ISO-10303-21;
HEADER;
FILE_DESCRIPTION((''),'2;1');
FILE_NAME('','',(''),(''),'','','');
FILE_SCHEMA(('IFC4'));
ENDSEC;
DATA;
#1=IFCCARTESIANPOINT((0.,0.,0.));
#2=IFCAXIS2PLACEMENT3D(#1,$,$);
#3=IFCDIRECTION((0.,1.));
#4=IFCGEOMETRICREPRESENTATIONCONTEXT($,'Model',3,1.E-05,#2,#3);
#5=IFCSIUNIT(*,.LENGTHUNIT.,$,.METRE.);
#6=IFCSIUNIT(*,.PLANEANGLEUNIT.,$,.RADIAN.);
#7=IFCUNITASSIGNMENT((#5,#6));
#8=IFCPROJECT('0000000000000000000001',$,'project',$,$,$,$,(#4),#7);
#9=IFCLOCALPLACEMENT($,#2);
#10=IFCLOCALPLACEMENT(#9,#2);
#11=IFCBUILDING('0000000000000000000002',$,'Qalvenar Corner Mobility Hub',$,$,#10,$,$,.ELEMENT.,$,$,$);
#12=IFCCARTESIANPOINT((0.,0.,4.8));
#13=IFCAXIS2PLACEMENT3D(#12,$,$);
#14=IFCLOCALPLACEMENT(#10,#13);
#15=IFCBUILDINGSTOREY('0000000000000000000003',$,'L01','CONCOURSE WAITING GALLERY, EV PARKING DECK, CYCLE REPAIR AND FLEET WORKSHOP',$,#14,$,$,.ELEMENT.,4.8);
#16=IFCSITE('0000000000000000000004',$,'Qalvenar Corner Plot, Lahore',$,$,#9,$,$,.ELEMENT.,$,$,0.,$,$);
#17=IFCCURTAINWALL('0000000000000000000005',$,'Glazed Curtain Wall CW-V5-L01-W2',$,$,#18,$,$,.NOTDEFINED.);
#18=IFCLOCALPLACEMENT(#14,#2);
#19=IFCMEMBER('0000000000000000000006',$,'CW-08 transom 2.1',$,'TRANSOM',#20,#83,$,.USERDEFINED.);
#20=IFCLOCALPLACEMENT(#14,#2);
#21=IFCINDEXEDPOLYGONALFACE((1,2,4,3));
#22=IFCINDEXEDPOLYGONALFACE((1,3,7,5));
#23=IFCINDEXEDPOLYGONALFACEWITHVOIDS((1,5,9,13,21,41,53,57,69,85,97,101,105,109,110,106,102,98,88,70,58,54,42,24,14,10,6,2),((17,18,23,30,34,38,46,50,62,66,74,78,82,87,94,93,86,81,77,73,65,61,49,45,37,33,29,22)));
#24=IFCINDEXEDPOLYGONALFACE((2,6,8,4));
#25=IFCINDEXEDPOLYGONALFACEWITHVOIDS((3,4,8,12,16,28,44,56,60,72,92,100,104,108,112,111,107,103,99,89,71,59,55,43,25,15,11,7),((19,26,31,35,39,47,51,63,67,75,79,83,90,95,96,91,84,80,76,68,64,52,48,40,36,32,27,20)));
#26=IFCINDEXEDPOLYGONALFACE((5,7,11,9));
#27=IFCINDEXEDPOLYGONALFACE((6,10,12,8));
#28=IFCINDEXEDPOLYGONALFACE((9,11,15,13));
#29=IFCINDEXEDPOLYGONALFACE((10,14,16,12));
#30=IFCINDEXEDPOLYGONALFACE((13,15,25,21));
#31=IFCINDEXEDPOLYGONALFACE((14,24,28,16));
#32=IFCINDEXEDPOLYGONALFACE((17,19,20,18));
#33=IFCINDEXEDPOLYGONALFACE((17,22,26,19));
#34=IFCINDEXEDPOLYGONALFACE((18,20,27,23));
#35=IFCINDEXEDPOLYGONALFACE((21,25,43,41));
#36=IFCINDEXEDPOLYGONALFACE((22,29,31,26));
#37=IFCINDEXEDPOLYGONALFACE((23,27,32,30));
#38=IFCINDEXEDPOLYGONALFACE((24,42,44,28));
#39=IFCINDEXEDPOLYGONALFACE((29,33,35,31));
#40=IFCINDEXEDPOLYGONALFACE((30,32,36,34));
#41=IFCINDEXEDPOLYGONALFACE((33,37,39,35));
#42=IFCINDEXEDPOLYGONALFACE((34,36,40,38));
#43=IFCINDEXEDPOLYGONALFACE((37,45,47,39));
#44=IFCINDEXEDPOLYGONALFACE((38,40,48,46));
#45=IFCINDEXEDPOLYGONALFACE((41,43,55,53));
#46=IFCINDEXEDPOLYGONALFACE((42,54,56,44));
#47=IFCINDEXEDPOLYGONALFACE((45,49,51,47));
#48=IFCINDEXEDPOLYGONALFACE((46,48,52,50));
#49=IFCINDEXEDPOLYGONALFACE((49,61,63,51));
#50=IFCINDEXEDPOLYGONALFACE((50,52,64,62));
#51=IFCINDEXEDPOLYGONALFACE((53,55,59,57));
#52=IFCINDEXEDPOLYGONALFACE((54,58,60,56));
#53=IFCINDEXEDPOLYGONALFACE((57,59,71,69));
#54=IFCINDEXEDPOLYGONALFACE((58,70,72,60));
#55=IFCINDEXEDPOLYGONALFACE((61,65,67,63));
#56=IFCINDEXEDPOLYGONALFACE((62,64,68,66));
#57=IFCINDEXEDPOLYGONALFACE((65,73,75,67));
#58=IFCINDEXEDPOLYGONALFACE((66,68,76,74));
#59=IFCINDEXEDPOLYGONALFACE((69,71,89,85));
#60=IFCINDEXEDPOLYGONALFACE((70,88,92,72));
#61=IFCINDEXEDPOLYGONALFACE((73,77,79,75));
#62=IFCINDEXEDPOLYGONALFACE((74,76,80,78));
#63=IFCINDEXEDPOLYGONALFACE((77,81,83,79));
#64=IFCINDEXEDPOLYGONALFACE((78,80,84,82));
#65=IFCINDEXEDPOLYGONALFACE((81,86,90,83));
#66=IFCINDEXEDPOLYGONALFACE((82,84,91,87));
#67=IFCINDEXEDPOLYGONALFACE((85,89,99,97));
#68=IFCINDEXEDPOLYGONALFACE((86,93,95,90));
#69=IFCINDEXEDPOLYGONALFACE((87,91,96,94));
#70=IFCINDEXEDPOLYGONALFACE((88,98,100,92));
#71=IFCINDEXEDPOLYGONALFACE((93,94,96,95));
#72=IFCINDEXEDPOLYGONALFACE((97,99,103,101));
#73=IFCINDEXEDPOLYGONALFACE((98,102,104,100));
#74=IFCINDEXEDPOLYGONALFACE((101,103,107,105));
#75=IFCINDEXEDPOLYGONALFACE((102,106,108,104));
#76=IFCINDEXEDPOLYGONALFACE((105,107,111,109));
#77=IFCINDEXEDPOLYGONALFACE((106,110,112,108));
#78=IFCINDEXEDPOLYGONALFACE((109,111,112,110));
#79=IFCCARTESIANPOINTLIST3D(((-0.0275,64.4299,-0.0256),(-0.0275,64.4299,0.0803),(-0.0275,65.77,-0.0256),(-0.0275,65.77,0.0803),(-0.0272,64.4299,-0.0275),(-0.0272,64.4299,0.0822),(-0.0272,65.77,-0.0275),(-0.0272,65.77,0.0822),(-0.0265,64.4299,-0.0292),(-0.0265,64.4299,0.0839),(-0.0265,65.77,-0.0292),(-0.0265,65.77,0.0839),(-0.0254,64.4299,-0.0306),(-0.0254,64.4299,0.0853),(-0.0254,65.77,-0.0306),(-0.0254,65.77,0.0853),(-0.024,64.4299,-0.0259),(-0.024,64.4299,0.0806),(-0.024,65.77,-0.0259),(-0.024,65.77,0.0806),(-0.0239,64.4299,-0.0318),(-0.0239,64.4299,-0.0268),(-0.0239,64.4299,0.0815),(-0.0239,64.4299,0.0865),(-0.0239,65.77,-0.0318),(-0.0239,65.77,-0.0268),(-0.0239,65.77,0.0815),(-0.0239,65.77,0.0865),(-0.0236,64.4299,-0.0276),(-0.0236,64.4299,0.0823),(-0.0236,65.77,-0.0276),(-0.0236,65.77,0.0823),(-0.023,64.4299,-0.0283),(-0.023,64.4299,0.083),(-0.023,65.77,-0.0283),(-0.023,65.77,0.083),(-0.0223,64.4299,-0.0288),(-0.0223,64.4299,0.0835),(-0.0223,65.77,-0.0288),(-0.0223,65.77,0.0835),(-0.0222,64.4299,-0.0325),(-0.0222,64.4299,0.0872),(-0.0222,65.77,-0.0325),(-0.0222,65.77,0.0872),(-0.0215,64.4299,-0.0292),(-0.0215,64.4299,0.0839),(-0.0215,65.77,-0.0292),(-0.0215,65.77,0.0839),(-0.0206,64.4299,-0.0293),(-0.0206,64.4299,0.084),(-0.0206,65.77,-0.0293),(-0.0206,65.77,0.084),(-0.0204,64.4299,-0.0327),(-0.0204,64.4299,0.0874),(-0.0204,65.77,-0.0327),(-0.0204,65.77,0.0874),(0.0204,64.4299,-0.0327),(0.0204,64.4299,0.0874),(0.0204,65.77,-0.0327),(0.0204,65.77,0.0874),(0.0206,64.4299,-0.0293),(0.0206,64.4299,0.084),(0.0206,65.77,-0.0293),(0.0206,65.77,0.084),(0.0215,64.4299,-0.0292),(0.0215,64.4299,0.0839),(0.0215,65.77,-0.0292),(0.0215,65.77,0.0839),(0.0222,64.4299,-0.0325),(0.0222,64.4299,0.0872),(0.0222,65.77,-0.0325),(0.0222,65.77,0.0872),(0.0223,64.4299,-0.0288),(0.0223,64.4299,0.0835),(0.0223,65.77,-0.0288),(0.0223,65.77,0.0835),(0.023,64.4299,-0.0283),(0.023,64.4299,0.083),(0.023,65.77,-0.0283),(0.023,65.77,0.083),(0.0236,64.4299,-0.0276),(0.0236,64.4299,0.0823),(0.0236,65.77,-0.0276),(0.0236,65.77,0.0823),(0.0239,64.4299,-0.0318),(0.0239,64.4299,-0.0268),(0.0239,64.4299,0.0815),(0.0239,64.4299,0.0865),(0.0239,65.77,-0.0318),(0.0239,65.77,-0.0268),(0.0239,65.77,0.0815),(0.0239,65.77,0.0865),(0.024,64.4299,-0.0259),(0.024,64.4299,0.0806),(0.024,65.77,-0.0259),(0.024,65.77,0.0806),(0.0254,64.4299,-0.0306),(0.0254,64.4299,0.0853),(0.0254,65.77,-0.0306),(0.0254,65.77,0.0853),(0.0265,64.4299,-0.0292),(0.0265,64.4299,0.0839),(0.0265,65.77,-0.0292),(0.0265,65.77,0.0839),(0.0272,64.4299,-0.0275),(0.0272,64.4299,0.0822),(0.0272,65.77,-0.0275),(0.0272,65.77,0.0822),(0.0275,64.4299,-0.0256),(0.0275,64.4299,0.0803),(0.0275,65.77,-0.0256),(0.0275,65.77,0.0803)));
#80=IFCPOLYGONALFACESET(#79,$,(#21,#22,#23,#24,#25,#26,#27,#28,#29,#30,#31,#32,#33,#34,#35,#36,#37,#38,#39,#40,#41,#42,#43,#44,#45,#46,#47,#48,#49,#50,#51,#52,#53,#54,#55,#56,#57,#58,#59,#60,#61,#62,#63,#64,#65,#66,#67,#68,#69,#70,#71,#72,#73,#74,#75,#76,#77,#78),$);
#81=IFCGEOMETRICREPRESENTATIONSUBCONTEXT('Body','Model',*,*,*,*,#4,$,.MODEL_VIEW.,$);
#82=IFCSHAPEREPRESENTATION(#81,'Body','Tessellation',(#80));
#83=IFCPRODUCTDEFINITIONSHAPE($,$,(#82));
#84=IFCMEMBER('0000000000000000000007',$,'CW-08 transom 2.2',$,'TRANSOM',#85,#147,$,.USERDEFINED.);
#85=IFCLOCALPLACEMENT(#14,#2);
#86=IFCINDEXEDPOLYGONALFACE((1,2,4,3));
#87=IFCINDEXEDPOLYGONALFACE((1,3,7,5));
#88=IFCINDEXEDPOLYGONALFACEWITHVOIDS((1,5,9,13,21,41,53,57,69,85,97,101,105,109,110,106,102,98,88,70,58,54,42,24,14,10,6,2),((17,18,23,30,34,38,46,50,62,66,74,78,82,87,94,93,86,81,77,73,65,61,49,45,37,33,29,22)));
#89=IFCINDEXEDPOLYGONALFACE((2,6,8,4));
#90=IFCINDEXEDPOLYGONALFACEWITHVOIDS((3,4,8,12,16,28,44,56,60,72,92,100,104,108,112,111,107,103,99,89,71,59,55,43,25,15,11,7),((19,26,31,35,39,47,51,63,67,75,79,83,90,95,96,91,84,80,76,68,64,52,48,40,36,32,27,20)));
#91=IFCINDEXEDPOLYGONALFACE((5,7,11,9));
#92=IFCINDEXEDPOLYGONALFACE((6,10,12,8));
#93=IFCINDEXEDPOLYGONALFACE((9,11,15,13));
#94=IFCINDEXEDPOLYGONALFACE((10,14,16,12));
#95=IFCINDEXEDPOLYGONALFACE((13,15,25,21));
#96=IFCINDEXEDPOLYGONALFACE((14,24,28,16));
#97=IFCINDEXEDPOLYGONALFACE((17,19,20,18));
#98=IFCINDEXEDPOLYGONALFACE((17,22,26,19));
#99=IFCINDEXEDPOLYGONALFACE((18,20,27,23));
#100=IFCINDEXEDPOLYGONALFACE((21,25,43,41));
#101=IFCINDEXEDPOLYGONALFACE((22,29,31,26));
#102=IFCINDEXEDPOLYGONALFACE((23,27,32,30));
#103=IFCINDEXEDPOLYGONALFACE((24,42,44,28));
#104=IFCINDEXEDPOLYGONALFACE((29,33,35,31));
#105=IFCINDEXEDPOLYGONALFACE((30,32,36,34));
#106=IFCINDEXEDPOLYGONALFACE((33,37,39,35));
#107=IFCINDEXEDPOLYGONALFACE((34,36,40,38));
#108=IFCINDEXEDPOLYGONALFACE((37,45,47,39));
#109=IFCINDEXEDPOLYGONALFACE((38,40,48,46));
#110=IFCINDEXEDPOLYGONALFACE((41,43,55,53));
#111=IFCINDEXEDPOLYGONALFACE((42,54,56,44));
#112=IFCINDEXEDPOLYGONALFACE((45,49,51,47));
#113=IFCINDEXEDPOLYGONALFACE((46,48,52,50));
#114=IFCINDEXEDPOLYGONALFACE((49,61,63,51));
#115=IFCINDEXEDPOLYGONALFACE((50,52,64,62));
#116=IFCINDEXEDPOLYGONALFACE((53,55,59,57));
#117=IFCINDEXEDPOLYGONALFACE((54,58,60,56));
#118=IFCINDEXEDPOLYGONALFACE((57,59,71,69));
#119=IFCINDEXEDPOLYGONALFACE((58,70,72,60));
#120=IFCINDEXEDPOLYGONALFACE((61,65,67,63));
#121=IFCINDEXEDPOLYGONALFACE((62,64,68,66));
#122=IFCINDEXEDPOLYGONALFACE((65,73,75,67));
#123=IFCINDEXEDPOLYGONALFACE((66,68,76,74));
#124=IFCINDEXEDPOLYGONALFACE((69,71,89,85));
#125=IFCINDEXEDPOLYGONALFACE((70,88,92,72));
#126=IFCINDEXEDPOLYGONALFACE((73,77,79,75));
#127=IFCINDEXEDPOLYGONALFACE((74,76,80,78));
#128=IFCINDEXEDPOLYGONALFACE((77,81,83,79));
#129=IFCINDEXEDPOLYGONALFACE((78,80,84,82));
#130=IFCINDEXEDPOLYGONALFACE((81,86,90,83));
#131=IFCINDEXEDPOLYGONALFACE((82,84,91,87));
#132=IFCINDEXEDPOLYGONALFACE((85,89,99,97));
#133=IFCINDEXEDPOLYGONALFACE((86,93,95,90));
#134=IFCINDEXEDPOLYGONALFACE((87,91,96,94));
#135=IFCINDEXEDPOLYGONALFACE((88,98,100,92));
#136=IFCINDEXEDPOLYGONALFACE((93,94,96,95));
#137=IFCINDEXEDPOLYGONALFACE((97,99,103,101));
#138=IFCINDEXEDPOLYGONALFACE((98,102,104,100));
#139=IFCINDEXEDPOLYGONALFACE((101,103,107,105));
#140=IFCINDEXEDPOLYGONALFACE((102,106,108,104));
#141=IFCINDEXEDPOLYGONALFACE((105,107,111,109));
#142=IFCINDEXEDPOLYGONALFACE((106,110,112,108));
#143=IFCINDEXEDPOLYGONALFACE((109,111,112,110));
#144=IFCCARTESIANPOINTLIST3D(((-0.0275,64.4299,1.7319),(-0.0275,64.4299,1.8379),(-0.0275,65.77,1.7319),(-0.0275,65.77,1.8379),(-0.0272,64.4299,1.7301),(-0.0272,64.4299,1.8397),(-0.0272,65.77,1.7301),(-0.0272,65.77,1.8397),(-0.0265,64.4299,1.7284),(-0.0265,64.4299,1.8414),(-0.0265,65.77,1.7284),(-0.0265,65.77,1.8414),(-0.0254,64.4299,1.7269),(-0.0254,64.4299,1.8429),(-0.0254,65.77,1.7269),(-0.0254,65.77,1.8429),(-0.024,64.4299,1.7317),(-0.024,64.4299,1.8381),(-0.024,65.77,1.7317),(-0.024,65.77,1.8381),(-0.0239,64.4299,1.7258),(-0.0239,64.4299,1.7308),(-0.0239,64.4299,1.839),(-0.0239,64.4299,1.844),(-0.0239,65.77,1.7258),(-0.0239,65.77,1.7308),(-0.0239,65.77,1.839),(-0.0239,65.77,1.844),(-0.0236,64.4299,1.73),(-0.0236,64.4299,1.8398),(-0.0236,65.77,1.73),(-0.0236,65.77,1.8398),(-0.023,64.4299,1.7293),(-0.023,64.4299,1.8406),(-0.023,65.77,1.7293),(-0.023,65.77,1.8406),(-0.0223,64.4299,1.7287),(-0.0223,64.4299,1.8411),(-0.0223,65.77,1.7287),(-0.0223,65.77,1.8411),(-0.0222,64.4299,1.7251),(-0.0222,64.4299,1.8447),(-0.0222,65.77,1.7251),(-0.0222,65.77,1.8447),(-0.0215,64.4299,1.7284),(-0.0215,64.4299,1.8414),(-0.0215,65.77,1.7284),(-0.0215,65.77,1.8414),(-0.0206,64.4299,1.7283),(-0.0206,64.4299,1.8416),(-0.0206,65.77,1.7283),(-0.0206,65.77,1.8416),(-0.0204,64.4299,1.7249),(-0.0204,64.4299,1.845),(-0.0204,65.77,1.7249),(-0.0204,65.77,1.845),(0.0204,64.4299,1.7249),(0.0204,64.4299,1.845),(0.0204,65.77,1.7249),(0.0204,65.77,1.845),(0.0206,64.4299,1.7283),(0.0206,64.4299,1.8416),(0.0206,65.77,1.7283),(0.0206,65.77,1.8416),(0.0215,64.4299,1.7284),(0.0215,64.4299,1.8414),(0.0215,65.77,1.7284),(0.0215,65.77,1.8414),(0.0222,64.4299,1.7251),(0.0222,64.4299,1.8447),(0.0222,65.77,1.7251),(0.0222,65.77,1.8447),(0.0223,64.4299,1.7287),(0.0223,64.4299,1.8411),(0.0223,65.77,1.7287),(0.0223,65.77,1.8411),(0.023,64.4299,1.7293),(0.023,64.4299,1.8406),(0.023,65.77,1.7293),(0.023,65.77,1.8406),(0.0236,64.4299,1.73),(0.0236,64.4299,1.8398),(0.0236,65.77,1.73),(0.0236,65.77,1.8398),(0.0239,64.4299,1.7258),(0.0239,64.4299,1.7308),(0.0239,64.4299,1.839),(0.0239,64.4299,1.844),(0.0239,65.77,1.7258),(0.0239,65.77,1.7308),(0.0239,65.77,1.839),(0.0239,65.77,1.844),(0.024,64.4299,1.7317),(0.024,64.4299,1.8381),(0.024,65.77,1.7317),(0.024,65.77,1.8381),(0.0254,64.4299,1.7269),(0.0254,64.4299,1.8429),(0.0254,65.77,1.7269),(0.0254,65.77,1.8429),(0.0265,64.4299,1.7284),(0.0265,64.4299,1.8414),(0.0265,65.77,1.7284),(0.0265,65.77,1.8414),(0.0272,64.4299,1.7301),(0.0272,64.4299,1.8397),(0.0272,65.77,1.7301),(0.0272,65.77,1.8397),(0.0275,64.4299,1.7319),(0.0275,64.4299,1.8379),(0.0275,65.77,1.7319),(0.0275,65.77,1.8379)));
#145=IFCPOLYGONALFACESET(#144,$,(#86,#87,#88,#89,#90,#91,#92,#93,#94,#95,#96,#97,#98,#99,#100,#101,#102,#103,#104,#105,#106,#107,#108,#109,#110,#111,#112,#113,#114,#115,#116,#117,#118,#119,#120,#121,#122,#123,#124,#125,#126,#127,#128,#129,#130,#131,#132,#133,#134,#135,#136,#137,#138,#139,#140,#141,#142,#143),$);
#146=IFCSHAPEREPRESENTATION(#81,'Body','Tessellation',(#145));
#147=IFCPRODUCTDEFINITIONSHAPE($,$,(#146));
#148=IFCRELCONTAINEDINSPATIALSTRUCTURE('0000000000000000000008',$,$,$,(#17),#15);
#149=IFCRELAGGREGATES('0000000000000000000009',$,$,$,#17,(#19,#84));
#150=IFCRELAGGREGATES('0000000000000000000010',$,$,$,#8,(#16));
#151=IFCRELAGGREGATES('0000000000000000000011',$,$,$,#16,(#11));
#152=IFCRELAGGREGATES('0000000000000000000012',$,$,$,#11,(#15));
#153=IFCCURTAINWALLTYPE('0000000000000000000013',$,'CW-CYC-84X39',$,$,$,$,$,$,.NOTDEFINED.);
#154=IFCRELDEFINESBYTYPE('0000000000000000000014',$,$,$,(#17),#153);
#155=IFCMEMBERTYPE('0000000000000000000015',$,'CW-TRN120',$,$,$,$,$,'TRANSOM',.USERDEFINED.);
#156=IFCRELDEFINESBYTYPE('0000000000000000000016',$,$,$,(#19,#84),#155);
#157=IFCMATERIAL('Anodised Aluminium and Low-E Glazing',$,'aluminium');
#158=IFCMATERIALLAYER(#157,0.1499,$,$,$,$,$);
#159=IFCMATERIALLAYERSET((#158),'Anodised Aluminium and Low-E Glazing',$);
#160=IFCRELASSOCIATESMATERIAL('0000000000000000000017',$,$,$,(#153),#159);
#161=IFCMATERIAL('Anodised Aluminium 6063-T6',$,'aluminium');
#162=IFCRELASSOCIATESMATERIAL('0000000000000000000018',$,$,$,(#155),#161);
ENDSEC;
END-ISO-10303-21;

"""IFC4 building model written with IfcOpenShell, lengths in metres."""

from ifc_helpers import new_model, si_unit, direction, frame, origin, origin_2d, place, context, subcontext, project, spatial, hollow_rectangle, extrude, material, layer, layer_set, material_profile, profile_set, type_object, element, aggregate, save


model = new_model("IFC4")

# Units and contexts
model_context = context("Model", 3, precision=1e-05, world=origin(), true_north=direction((0.0, 1.0)))
body_context = subcontext(model_context, "Body", "Model", "MODEL_VIEW")
ifc_project = project(units=[si_unit("LENGTHUNIT", "METRE"), si_unit("PLANEANGLEUNIT", "RADIAN")], contexts=[model_context])

# Site, building, storey
site_placement = place(None, origin())
site = spatial("IfcSite", under=ifc_project, at=site_placement, Name="Qalvenar Corner Plot, Lahore", CompositionType="ELEMENT", RefElevation=0.0)
building_placement = place(site_placement, origin())
building = spatial("IfcBuilding", under=site, at=building_placement, Name="Qalvenar Corner Mobility Hub", CompositionType="ELEMENT")
storey_placement = place(building_placement, frame((0.0, 0.0, 4.8)))
storey = spatial("IfcBuildingStorey", under=building, at=storey_placement, Name="L01", Description="CONCOURSE WAITING GALLERY, EV PARKING DECK, CYCLE REPAIR AND FLEET WORKSHOP", CompositionType="ELEMENT", Elevation=4.8)

# Curtain wall, members
ifc_material_1 = material(Name="Anodised Aluminium and Low-E Glazing", Category="aluminium")
ifc_layer_1 = layer(ifc_material_1, 0.1499)
ifc_layer_set_1 = layer_set([ifc_layer_1], Name="Anodised Aluminium and Low-E Glazing")
curtain_wall_type = type_object("IfcCurtainWallType", Name="CW-CYC-84X39", PredefinedType="NOTDEFINED", material=ifc_layer_set_1)
curtain_wall_placement = place(storey_placement, origin())
curtain_wall = element("IfcCurtainWall", 1, at=curtain_wall_placement, inside=storey, type_object=curtain_wall_type, Name="Glazed Curtain Wall CW-V5-L01-W2", PredefinedType="NOTDEFINED")
ifc_material_2 = material(Name="Anodised Aluminium 6063-T6", Category="aluminium")
ifc_material_profile_1 = material_profile(ifc_material_2, hollow_rectangle(XDim=0.0549, YDim=0.1201, WallThickness=0.0034, InnerFilletRadius=0.0034, OuterFilletRadius=0.0071, at=origin_2d()), Name="RHS120x55x3.5")
ifc_profile_set_1 = profile_set([ifc_material_profile_1], Name="Anodised Aluminium 6063-T6")
member_type_1 = type_object("IfcMemberType", Name="CW-TRN120", ElementType="TRANSOM", PredefinedType="USERDEFINED", material=ifc_profile_set_1)
member_1_placement = place(storey_placement, frame((0.0, 65.77, 0.0273), z_axis=(0.0, -1.0, 0.0), x_axis=(1.0, 0.0, 0.0)))
member_1 = element("IfcMember", 2, at=member_1_placement, type_object=member_type_1, Name="CW-08 transom 2.1", ObjectType="TRANSOM", PredefinedType="USERDEFINED", context=body_context, shape_type="SweptSolid", body=[
    extrude(hollow_rectangle(XDim=0.0549, YDim=0.1201, WallThickness=0.0034, InnerFilletRadius=0.0034, OuterFilletRadius=0.0071, at=origin_2d()), origin(), (0.0, 0.0, 1.0), 1.3401),
])
member_2_placement = place(storey_placement, frame((0.0, 65.77, 1.7849), z_axis=(0.0, -1.0, 0.0), x_axis=(1.0, 0.0, 0.0)))
member_2 = element("IfcMember", 3, at=member_2_placement, type_object=member_type_1, Name="CW-08 transom 2.2", ObjectType="TRANSOM", PredefinedType="USERDEFINED", context=body_context, shape_type="SweptSolid", body=[
    extrude(hollow_rectangle(XDim=0.0549, YDim=0.1201, WallThickness=0.0034, InnerFilletRadius=0.0034, OuterFilletRadius=0.0071, at=origin_2d()), origin(), (0.0, 0.0, 1.0), 1.3401),
])
aggregate(curtain_wall, [member_1, member_2])

save(model, "model.ifc")
